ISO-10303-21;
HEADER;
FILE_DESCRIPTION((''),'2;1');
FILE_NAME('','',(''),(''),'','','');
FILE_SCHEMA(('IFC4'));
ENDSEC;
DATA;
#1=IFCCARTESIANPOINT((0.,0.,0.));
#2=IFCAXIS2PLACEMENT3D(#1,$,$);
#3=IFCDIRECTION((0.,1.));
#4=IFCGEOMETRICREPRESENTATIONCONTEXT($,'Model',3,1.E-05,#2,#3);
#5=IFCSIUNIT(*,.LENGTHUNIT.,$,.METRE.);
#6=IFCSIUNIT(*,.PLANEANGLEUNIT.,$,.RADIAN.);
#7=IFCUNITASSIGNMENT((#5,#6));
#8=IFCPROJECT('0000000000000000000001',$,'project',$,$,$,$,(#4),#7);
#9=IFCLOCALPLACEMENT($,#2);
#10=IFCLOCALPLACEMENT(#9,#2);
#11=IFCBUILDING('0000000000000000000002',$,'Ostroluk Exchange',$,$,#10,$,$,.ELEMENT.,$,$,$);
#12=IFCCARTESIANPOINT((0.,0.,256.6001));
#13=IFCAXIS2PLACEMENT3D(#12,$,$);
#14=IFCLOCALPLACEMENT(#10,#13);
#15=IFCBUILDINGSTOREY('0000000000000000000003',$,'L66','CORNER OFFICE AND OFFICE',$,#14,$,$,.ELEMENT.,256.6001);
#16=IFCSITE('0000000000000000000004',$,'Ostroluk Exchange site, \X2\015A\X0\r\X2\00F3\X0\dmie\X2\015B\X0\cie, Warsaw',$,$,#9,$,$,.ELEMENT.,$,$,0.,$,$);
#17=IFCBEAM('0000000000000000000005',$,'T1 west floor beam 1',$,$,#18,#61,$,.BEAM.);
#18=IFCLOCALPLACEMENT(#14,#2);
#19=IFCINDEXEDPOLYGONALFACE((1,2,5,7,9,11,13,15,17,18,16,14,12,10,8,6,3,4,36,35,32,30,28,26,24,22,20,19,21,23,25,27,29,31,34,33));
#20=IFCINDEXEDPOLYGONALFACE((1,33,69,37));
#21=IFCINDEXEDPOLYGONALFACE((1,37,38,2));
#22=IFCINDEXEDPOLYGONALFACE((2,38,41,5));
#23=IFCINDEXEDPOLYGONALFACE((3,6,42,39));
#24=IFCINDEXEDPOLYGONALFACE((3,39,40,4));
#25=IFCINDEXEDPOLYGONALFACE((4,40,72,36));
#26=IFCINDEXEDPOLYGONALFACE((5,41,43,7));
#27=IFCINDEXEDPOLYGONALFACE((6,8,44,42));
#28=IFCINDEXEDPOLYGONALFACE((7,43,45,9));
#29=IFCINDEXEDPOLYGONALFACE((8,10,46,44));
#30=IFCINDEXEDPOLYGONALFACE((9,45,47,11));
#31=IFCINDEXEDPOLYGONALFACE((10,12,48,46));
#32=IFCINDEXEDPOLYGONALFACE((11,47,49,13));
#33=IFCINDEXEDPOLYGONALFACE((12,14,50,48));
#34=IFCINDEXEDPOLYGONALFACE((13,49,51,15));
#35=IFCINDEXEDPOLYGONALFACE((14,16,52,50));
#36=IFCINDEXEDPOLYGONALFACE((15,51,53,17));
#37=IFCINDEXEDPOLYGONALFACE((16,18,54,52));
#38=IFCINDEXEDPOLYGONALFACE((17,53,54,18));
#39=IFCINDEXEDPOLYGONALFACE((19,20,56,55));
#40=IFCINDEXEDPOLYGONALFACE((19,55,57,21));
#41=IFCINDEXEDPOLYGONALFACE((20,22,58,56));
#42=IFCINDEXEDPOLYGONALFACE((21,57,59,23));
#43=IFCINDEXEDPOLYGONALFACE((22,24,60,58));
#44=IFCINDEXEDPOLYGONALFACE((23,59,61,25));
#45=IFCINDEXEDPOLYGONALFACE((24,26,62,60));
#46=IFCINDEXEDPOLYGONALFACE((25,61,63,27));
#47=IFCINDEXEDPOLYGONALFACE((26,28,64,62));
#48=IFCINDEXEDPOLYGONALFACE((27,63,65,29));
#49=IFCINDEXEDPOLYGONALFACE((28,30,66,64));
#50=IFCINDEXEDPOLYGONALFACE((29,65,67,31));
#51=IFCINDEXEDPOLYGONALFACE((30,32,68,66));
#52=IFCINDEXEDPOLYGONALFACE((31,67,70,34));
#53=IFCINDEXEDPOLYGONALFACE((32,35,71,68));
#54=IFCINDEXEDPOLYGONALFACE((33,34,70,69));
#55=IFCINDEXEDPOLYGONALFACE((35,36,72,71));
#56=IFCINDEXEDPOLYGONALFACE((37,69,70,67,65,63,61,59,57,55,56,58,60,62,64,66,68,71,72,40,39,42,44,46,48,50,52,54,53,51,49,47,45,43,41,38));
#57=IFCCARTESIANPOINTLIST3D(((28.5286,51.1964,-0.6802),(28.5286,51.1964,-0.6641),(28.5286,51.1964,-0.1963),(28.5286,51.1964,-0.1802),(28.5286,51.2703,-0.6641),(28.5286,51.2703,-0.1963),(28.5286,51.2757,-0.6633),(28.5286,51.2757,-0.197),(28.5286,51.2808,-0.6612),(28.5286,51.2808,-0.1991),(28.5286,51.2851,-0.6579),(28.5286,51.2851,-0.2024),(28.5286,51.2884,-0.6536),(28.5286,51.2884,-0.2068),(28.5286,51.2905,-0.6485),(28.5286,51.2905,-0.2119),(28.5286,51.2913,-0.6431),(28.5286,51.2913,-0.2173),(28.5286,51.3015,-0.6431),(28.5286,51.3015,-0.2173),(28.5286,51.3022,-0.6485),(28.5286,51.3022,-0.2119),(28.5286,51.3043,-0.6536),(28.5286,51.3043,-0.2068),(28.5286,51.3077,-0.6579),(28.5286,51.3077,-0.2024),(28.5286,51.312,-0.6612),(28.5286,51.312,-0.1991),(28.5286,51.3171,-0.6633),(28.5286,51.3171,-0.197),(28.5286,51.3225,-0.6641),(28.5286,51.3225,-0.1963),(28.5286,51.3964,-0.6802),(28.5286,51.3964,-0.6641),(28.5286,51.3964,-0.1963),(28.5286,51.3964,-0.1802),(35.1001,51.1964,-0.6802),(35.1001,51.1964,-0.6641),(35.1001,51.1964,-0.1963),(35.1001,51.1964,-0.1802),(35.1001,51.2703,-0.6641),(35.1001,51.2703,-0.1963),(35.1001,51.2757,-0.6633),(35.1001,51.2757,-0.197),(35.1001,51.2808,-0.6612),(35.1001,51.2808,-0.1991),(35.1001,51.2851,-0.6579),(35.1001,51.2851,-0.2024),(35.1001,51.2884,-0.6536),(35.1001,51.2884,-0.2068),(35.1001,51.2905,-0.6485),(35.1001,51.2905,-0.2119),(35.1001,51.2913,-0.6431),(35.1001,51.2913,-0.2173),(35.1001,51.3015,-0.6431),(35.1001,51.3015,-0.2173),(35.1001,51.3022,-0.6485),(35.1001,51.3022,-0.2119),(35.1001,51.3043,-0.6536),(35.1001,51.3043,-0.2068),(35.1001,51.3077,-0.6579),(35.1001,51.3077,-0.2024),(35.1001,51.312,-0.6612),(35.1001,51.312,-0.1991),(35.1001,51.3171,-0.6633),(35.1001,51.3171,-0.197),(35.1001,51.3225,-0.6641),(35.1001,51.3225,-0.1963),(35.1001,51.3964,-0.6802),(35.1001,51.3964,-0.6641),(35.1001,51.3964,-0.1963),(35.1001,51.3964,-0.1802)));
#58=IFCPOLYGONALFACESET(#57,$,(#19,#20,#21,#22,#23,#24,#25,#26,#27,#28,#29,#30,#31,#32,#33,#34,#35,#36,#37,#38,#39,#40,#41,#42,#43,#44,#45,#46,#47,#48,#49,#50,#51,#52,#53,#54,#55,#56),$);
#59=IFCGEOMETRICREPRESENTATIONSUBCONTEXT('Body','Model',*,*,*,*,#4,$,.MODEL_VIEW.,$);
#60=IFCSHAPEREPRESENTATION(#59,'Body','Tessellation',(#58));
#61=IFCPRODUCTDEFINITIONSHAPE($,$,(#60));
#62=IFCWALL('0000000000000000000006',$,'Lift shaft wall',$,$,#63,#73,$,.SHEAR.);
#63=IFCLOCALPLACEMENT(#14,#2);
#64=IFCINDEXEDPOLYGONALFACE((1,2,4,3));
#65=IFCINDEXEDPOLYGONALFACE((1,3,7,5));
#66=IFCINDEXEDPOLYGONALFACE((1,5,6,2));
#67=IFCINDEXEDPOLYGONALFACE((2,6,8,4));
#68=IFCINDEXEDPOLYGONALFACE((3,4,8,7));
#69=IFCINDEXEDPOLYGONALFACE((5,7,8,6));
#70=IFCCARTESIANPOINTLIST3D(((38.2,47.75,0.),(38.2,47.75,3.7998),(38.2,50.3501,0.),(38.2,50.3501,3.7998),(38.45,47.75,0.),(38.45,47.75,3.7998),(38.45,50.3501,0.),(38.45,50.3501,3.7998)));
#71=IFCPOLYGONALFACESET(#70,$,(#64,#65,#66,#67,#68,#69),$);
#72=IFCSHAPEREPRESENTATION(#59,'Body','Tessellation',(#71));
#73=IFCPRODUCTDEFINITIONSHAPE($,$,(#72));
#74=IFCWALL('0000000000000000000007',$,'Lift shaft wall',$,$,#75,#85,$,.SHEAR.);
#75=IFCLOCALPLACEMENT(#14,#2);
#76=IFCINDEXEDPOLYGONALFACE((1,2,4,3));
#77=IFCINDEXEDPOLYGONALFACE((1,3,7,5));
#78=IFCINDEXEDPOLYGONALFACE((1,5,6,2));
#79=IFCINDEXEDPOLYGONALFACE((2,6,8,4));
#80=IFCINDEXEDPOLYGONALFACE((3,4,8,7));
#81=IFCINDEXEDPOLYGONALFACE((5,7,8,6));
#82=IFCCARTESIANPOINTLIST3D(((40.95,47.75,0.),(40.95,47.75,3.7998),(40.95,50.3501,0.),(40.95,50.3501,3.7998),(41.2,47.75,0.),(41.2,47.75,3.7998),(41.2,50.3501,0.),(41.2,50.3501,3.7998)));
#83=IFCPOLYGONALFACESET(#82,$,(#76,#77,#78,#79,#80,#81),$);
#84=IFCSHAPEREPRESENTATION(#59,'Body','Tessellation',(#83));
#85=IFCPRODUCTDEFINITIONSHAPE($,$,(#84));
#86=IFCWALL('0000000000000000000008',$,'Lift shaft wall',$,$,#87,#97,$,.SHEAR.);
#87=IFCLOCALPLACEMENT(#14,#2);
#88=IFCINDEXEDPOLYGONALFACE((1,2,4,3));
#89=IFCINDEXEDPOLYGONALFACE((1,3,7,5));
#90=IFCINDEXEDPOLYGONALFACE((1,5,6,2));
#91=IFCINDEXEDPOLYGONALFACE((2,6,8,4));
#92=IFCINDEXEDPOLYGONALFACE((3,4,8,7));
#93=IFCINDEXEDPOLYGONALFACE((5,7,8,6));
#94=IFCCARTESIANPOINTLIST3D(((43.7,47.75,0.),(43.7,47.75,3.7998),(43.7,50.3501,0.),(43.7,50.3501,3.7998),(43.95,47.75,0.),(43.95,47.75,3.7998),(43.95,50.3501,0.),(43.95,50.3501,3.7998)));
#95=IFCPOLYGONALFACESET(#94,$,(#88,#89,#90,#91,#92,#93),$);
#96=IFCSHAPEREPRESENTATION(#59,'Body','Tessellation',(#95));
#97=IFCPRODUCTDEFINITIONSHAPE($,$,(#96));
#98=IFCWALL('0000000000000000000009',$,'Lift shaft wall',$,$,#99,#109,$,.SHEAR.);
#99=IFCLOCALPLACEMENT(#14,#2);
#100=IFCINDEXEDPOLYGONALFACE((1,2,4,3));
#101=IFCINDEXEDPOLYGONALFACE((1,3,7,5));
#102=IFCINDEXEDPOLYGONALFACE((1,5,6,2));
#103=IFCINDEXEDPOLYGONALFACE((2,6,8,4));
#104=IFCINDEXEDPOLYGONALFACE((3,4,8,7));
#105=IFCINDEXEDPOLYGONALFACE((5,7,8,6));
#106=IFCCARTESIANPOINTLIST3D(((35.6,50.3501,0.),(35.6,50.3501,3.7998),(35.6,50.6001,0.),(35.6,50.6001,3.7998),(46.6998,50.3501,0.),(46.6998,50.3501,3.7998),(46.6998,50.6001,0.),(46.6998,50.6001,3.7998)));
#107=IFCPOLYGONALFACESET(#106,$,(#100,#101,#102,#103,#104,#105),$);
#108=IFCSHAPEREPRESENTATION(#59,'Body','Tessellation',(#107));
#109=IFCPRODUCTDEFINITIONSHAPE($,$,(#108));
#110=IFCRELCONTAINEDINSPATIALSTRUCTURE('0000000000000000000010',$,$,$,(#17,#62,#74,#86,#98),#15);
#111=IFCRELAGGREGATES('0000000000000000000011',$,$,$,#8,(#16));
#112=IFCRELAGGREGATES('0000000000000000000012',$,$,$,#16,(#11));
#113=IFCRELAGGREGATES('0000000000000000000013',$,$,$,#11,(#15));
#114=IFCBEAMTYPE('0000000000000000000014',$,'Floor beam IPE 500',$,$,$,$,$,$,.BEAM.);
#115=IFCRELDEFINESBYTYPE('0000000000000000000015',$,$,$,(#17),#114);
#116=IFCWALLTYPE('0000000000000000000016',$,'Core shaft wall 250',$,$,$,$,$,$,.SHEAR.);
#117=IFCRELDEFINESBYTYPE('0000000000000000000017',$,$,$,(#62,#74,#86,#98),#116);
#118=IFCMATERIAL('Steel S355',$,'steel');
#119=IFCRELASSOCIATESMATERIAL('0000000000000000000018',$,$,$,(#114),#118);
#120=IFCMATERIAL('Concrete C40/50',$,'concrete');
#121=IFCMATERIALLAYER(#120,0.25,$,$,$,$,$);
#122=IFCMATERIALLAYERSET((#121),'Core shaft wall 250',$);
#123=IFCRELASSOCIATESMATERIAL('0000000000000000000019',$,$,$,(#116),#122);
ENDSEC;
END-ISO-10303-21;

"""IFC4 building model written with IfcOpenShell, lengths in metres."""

from ifc_helpers import new_model, si_unit, direction, frame, frame_2d, origin, origin_2d, place, context, subcontext, project, spatial, rectangle, i_section, extrude, material, layer, layer_set, material_profile, profile_set, type_object, element, save


model = new_model("IFC4")

# Units and contexts
model_context = context("Model", 3, precision=1e-05, world=origin(), true_north=direction((0.0, 1.0)))
body_context = subcontext(model_context, "Body", "Model", "MODEL_VIEW")
ifc_project = project(units=[si_unit("LENGTHUNIT", "METRE"), si_unit("PLANEANGLEUNIT", "RADIAN")], contexts=[model_context])

# Site, building, storey
site_placement = place(None, origin())
site = spatial("IfcSite", under=ifc_project, at=site_placement, Name="Ostroluk Exchange site, Śródmieście, Warsaw", CompositionType="ELEMENT", RefElevation=0.0)
building_placement = place(site_placement, origin())
building = spatial("IfcBuilding", under=site, at=building_placement, Name="Ostroluk Exchange", CompositionType="ELEMENT")
storey_placement = place(building_placement, frame((0.0, 0.0, 256.6001)))
storey = spatial("IfcBuildingStorey", under=building, at=storey_placement, Name="L66", Description="CORNER OFFICE AND OFFICE", CompositionType="ELEMENT", Elevation=256.6001)

# Beam
ifc_material_1 = material(Name="Steel S355", Category="steel")
ifc_material_profile = material_profile(ifc_material_1, i_section(OverallWidth=0.2, OverallDepth=0.5, WebThickness=0.0103, FlangeThickness=0.0161, FilletRadius=0.021, at=origin_2d()), Name="IPE 500")
ifc_profile_set = profile_set([ifc_material_profile], Name="Steel S355")
beam_type = type_object("IfcBeamType", Name="Floor beam IPE 500", PredefinedType="BEAM", material=ifc_profile_set)
beam_placement = place(storey_placement, frame((35.1001, 51.2964, -0.4302), z_axis=(-1.0, 0.0, 0.0), x_axis=(0.0, -1.0, 0.0)))
element("IfcBeam", 1, at=beam_placement, inside=storey, type_object=beam_type, Name="T1 west floor beam 1", PredefinedType="BEAM", context=body_context, shape_type="SweptSolid", body=[
    extrude(i_section(OverallWidth=0.2, OverallDepth=0.5, WebThickness=0.0103, FlangeThickness=0.0161, FilletRadius=0.021, at=origin_2d()), origin(), (0.0, 0.0, 1.0), 6.5715),
])

# Walls
ifc_material_2 = material(Name="Concrete C40/50", Category="concrete")
ifc_layer = layer(ifc_material_2, 0.25)
ifc_layer_set = layer_set([ifc_layer], Name="Core shaft wall 250")
wall_type = type_object("IfcWallType", Name="Core shaft wall 250", PredefinedType="SHEAR", material=ifc_layer_set)
for number, where, z_axis, x_axis, name in (
    (2, (38.325, 47.75, 0.0), (0.0, 0.0, 1.0), (0.0, 1.0, 0.0), "Lift shaft wall"),
    (3, (41.075, 47.75, 0.0), (0.0, 0.0, 1.0), (0.0, 1.0, 0.0), "Lift shaft wall"),
    (4, (43.825, 47.75, 0.0), (0.0, 0.0, 1.0), (0.0, 1.0, 0.0), "Lift shaft wall"),
):
    element("IfcWall", number, at=place(storey_placement, frame(where, z_axis=z_axis, x_axis=x_axis)), inside=storey, type_object=wall_type, Name=name, PredefinedType="SHEAR", context=body_context, shape_type="SweptSolid", body=[
        extrude(rectangle(XDim=2.6001, YDim=0.25, at=frame_2d((1.3, 0.0))), origin(), (0.0, 0.0, 1.0), 3.7998),
    ])
wall_1_placement = place(storey_placement, frame((35.6001, 50.4751, 0.0), z_axis=(0.0, 0.0, 1.0), x_axis=(1.0, 0.0, 0.0)))
element("IfcWall", 5, at=wall_1_placement, inside=storey, type_object=wall_type, Name="Lift shaft wall", PredefinedType="SHEAR", context=body_context, shape_type="SweptSolid", body=[
    extrude(rectangle(XDim=11.0999, YDim=0.25, at=frame_2d((5.5498, 0.0))), origin(), (0.0, 0.0, 1.0), 3.7998),
])

save(model, "model.ifc")
